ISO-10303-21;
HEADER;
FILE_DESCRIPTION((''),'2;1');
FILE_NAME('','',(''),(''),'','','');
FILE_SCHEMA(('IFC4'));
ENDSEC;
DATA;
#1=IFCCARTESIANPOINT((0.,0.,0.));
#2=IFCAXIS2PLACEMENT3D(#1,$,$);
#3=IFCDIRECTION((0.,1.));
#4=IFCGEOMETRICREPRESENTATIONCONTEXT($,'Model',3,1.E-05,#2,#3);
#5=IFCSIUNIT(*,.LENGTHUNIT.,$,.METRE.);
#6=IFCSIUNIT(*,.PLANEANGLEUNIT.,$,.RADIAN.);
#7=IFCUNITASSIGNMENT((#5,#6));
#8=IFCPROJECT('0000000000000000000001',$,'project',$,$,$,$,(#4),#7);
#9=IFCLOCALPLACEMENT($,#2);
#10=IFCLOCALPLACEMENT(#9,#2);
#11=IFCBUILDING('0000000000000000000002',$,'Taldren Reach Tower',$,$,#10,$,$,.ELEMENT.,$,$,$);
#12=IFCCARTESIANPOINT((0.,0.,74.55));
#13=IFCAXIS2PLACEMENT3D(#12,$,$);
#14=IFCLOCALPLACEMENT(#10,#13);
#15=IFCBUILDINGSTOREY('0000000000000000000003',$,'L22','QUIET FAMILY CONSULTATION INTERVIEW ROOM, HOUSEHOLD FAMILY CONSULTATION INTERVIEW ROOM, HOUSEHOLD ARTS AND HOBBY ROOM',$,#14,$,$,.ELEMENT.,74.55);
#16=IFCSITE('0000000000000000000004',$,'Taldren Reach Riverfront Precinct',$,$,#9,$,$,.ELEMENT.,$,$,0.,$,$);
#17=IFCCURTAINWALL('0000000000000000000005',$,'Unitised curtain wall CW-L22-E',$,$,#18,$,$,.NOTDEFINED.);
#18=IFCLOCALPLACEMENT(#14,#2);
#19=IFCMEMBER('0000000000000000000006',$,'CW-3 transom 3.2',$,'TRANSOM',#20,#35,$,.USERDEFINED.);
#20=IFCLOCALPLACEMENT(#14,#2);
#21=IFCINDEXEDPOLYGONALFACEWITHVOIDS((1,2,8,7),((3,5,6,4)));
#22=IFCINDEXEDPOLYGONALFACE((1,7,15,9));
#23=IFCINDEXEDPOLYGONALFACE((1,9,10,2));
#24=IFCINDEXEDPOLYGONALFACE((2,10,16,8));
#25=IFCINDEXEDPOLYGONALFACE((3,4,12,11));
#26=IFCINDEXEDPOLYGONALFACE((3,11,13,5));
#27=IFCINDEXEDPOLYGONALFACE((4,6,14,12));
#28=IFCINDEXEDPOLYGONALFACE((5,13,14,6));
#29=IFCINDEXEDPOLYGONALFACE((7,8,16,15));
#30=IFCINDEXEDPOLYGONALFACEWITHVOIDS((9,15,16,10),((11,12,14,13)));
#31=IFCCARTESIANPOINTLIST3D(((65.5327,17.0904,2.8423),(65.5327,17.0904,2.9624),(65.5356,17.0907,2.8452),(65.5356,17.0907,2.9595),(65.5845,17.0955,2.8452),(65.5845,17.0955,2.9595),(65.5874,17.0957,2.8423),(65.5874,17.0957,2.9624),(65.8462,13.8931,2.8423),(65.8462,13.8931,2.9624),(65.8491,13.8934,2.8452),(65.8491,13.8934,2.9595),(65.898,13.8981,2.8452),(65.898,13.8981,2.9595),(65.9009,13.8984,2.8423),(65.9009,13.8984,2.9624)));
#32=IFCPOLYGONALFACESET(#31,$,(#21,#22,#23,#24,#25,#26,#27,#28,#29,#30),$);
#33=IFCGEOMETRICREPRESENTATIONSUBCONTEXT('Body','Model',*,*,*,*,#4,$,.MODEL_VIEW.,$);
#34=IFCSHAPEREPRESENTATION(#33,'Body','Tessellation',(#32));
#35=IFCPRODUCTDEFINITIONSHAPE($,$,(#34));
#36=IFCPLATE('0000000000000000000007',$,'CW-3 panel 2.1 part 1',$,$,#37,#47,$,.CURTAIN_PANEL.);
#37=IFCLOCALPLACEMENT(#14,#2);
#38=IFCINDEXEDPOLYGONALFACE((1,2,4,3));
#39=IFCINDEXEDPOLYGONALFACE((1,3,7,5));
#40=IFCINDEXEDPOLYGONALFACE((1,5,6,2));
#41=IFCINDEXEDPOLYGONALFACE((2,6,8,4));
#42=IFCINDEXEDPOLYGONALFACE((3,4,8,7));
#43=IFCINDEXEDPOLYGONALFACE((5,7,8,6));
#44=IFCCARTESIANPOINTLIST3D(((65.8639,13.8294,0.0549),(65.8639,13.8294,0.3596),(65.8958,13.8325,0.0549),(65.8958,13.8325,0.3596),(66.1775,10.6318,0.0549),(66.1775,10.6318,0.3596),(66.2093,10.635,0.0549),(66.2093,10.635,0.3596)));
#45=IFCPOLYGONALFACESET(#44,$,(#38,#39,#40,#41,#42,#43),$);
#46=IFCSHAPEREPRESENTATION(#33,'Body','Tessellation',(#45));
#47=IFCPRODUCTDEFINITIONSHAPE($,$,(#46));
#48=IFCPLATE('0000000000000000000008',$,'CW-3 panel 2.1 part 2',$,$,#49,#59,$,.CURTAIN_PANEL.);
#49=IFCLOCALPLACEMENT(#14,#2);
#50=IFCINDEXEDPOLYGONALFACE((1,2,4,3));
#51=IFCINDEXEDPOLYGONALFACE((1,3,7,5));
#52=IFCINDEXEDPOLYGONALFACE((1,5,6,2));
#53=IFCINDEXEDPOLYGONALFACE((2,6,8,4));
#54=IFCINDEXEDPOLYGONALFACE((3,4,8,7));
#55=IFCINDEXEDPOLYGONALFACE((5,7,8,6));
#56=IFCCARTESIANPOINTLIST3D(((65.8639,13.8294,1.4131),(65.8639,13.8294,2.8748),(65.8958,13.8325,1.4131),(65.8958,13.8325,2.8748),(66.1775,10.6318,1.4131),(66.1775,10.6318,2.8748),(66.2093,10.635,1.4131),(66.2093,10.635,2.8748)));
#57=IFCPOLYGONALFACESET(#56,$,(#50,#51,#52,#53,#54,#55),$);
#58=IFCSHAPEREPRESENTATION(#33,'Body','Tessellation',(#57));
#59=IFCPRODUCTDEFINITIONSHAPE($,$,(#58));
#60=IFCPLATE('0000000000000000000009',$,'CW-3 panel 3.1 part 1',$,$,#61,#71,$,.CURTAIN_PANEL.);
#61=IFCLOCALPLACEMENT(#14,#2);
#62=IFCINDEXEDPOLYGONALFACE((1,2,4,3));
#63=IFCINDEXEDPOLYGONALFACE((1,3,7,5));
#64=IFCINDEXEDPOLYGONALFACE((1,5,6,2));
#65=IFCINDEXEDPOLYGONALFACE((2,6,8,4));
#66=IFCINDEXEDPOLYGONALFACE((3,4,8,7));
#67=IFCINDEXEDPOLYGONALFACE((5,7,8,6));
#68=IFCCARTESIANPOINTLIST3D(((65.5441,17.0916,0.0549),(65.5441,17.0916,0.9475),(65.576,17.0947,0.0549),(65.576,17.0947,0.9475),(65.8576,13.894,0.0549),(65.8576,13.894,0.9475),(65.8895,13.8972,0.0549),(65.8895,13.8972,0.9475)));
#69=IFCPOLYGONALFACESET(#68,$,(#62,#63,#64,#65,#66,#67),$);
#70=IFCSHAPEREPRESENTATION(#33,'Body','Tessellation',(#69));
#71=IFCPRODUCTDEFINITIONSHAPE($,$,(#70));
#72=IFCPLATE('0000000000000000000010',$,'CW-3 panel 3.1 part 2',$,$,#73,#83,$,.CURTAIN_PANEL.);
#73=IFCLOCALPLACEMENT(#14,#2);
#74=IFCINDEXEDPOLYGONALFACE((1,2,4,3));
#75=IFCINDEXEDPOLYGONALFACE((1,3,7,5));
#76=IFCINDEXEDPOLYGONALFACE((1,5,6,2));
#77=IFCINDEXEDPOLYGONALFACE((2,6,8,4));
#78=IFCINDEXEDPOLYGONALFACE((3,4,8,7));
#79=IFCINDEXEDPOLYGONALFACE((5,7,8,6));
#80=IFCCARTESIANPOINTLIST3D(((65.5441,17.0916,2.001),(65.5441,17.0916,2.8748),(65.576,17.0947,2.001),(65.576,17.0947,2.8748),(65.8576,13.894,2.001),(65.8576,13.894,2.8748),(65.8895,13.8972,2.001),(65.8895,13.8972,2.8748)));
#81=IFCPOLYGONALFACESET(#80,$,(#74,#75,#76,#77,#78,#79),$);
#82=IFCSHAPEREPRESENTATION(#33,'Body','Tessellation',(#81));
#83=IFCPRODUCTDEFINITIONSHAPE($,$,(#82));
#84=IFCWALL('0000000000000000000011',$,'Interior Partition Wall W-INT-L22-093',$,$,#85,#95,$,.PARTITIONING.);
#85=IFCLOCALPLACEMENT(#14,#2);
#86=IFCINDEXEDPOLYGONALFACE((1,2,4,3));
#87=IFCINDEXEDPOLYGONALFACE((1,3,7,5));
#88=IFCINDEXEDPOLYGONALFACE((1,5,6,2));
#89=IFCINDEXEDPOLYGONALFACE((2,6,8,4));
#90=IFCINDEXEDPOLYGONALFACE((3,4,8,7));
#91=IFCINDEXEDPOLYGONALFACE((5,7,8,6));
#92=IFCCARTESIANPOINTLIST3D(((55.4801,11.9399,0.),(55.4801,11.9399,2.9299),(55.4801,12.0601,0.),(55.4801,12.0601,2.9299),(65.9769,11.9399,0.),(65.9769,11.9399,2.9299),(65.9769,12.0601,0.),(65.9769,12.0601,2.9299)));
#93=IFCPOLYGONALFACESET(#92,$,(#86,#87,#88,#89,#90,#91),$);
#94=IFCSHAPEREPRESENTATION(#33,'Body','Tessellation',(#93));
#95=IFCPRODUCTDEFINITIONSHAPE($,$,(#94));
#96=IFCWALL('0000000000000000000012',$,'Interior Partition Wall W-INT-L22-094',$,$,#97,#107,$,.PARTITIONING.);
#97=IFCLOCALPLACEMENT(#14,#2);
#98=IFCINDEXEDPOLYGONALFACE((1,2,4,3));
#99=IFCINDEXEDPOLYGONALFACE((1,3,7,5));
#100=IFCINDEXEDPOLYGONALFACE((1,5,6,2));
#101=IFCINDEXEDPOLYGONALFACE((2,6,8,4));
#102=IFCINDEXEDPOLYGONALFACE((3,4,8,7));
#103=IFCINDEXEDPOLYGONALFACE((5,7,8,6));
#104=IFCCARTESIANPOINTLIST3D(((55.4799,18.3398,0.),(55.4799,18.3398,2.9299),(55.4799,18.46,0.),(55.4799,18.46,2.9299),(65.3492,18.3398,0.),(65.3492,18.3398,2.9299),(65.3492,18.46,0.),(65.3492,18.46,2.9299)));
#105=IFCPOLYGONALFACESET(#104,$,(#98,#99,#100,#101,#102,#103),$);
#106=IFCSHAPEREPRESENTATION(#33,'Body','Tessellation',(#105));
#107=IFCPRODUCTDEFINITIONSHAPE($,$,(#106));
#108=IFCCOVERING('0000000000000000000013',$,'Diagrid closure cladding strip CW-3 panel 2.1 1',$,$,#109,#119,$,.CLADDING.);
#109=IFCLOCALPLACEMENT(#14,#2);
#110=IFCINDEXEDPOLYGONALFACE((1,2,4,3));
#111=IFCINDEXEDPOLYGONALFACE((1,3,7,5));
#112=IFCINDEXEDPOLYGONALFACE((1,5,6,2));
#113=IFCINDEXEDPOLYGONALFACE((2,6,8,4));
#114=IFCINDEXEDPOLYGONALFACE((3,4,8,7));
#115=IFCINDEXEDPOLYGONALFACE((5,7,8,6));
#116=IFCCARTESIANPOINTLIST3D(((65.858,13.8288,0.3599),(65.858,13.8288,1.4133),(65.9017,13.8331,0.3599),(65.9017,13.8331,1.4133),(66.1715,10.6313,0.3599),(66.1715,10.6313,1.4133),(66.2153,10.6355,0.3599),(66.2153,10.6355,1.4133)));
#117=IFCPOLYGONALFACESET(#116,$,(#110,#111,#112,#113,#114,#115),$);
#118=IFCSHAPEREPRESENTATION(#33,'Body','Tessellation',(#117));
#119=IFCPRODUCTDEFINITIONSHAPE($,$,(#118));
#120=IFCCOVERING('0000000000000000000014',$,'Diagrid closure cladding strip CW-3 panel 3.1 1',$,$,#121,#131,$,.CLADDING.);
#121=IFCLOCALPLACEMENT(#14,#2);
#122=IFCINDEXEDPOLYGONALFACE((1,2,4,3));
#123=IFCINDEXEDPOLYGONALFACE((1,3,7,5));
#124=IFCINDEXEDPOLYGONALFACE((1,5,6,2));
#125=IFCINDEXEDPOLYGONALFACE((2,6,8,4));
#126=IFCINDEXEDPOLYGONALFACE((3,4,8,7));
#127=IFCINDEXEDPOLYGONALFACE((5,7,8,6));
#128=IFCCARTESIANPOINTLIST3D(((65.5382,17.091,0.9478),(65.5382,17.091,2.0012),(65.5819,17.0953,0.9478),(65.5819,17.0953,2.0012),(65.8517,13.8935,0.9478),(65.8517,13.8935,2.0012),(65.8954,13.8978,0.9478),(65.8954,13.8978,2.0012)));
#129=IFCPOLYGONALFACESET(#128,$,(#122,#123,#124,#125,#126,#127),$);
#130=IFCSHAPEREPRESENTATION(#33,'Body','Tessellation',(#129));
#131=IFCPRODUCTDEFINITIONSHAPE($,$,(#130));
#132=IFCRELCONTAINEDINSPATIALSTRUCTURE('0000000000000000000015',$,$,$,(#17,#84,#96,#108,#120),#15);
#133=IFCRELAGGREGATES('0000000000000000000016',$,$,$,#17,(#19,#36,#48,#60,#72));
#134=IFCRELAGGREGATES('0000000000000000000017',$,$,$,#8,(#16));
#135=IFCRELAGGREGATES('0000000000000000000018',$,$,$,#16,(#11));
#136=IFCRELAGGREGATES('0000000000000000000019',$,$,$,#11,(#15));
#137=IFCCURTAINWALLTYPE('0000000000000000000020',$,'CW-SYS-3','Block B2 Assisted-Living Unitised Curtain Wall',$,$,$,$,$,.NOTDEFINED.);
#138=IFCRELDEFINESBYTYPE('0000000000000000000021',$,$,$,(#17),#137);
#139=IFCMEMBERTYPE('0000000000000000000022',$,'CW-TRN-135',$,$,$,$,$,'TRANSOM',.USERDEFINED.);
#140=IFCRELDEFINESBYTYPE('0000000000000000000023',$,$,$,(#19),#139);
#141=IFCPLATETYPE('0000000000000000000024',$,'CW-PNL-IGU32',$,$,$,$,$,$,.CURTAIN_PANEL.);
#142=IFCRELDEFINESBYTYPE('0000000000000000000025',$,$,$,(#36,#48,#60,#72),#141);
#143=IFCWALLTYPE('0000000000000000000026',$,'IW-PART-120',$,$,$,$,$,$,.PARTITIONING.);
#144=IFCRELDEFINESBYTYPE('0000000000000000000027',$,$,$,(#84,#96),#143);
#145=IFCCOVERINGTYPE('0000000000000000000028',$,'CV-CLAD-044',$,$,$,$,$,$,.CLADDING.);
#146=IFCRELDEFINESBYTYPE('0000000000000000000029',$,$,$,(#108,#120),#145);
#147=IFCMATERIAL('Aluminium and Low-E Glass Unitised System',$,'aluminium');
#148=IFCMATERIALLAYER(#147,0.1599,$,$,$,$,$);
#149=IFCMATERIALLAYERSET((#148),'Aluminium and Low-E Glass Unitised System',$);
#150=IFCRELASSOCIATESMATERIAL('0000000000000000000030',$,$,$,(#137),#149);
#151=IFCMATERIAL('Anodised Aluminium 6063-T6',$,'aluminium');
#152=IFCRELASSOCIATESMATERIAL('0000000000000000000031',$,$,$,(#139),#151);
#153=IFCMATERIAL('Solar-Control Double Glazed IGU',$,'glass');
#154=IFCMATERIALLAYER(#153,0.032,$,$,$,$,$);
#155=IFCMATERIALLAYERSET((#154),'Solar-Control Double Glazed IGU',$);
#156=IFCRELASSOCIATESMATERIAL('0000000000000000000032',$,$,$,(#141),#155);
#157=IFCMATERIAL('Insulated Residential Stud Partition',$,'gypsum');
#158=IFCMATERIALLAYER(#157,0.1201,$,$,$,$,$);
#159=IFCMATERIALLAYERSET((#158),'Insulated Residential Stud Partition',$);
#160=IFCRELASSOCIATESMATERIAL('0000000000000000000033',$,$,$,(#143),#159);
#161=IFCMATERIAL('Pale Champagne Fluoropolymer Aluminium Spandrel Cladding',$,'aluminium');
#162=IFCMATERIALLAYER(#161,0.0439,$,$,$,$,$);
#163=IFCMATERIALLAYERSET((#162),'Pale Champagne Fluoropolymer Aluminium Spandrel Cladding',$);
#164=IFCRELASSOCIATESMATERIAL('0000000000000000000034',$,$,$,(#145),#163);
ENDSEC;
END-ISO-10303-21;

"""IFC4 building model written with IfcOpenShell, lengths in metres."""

from ifc_helpers import new_model, si_unit, direction, frame, frame_2d, origin, origin_2d, place, context, subcontext, project, spatial, rectangle, hollow_rectangle, extrude, source, transform, mapped, material, layer, layer_set, material_profile, profile_set, type_object, element, aggregate, save


model = new_model("IFC4")

# Units and contexts
model_context = context("Model", 3, precision=1e-05, world=origin(), true_north=direction((0.0, 1.0)))
body_context = subcontext(model_context, "Body", "Model", "MODEL_VIEW")
ifc_project = project(units=[si_unit("LENGTHUNIT", "METRE"), si_unit("PLANEANGLEUNIT", "RADIAN")], contexts=[model_context])

# Site, building, storey
site_placement = place(None, origin())
site = spatial("IfcSite", under=ifc_project, at=site_placement, Name="Taldren Reach Riverfront Precinct", CompositionType="ELEMENT", RefElevation=0.0)
building_placement = place(site_placement, origin())
building = spatial("IfcBuilding", under=site, at=building_placement, Name="Taldren Reach Tower", CompositionType="ELEMENT")
storey_placement = place(building_placement, frame((0.0, 0.0, 74.55)))
storey = spatial("IfcBuildingStorey", under=building, at=storey_placement, Name="L22", Description="QUIET FAMILY CONSULTATION INTERVIEW ROOM, HOUSEHOLD FAMILY CONSULTATION INTERVIEW ROOM, HOUSEHOLD ARTS AND HOBBY ROOM", CompositionType="ELEMENT", Elevation=74.55)

# Curtain wall, member, plates
ifc_material_1 = material(Name="Aluminium and Low-E Glass Unitised System", Category="aluminium")
ifc_layer_1 = layer(ifc_material_1, 0.1599)
ifc_layer_set_1 = layer_set([ifc_layer_1], Name="Aluminium and Low-E Glass Unitised System")
curtain_wall_type = type_object("IfcCurtainWallType", Name="CW-SYS-3", Description="Block B2 Assisted-Living Unitised Curtain Wall", PredefinedType="NOTDEFINED", material=ifc_layer_set_1)
curtain_wall_placement = place(storey_placement, origin())
curtain_wall = element("IfcCurtainWall", 1, at=curtain_wall_placement, inside=storey, type_object=curtain_wall_type, Name="Unitised curtain wall CW-L22-E", PredefinedType="NOTDEFINED")
ifc_material_2 = material(Name="Anodised Aluminium 6063-T6", Category="aluminium")
ifc_material_profile_1 = material_profile(ifc_material_2, hollow_rectangle(XDim=0.0549, YDim=0.1201, WallThickness=0.0029, at=origin_2d()), Name="ALU-120x55x3RHS")
ifc_profile_set_1 = profile_set([ifc_material_profile_1], Name="Anodised Aluminium 6063-T6")
member_type_1 = type_object("IfcMemberType", Name="CW-TRN-135", ElementType="TRANSOM", PredefinedType="USERDEFINED", material=ifc_profile_set_1)
shared_shape_1 = source(origin(), body_context, "Body", "SweptSolid", [
    extrude(hollow_rectangle(XDim=0.0549, YDim=0.1201, WallThickness=0.0029, at=origin_2d()), origin(), (0.0, 0.0, 1.0), 3.2126),
])
member_1_placement = place(storey_placement, frame((65.8735, 13.8958, 2.9023), z_axis=(-0.097577, 0.995228, 0.0), x_axis=(-0.995228, -0.097577, 0.0)))
member_1 = element("IfcMember", 2, at=member_1_placement, type_object=member_type_1, Name="CW-3 transom 3.2", ObjectType="TRANSOM", PredefinedType="USERDEFINED", context=body_context, shape_type="MappedRepresentation", body=[
    mapped(shared_shape_1, transform((0.0, 0.0, 0.0), scale=1.0)),
])
ifc_material_3 = material(Name="Solar-Control Double Glazed IGU", Category="glass")
ifc_layer_2 = layer(ifc_material_3, 0.032)
ifc_layer_set_2 = layer_set([ifc_layer_2], Name="Solar-Control Double Glazed IGU")
plate_type = type_object("IfcPlateType", Name="CW-PNL-IGU32", PredefinedType="CURTAIN_PANEL", material=ifc_layer_set_2)
shared_shape_2 = source(origin(), body_context, "Body", "SweptSolid", [
    extrude(rectangle(XDim=3.2129, YDim=0.032, at=origin_2d()), origin(), (0.0, 0.0, 1.0), 0.3047),
])
plate_1_placement = place(storey_placement, frame((66.0366, 12.2322, 0.0549), z_axis=(0.0, 0.0, 1.0), x_axis=(-0.097583, 0.995227, 0.0)))
plate_1 = element("IfcPlate", 3, at=plate_1_placement, type_object=plate_type, Name="CW-3 panel 2.1 part 1", PredefinedType="CURTAIN_PANEL", context=body_context, shape_type="MappedRepresentation", body=[
    mapped(shared_shape_2, transform((0.0, 0.0, 0.0), scale=1.0)),
])
shared_shape_3 = source(origin(), body_context, "Body", "SweptSolid", [
    extrude(rectangle(XDim=3.2129, YDim=0.032, at=origin_2d()), origin(), (0.0, 0.0, 1.0), 1.4617),
])
plate_2_placement = place(storey_placement, frame((66.0366, 12.2322, 1.4131), z_axis=(0.0, 0.0, 1.0), x_axis=(-0.097583, 0.995227, 0.0)))
plate_2 = element("IfcPlate", 4, at=plate_2_placement, type_object=plate_type, Name="CW-3 panel 2.1 part 2", PredefinedType="CURTAIN_PANEL", context=body_context, shape_type="MappedRepresentation", body=[
    mapped(shared_shape_3, transform((0.0, 0.0, 0.0), scale=1.0)),
])
shared_shape_4 = source(origin(), body_context, "Body", "SweptSolid", [
    extrude(rectangle(XDim=3.2129, YDim=0.032, at=origin_2d()), origin(), (0.0, 0.0, 1.0), 0.8926),
])
plate_3_placement = place(storey_placement, frame((65.7168, 15.4944, 0.0549), z_axis=(0.0, 0.0, 1.0), x_axis=(-0.097583, 0.995227, 0.0)))
plate_3 = element("IfcPlate", 5, at=plate_3_placement, type_object=plate_type, Name="CW-3 panel 3.1 part 1", PredefinedType="CURTAIN_PANEL", context=body_context, shape_type="MappedRepresentation", body=[
    mapped(shared_shape_4, transform((0.0, 0.0, 0.0), scale=1.0)),
])
shared_shape_5 = source(origin(), body_context, "Body", "SweptSolid", [
    extrude(rectangle(XDim=3.2129, YDim=0.032, at=origin_2d()), origin(), (0.0, 0.0, 1.0), 0.8738),
])
plate_4_placement = place(storey_placement, frame((65.7168, 15.4944, 2.001), z_axis=(0.0, 0.0, 1.0), x_axis=(-0.097583, 0.995227, 0.0)))
plate_4 = element("IfcPlate", 6, at=plate_4_placement, type_object=plate_type, Name="CW-3 panel 3.1 part 2", PredefinedType="CURTAIN_PANEL", context=body_context, shape_type="MappedRepresentation", body=[
    mapped(shared_shape_5, transform((0.0, 0.0, 0.0), scale=1.0)),
])
aggregate(curtain_wall, [member_1, plate_1, plate_2, plate_3, plate_4])

# Walls
ifc_material_4 = material(Name="Insulated Residential Stud Partition", Category="gypsum")
ifc_layer_3 = layer(ifc_material_4, 0.1201)
ifc_layer_set_3 = layer_set([ifc_layer_3], Name="Insulated Residential Stud Partition")
wall_type = type_object("IfcWallType", Name="IW-PART-120", PredefinedType="PARTITIONING", material=ifc_layer_set_3)
shared_shape_6 = source(origin(), body_context, "Body", "SweptSolid", [
    extrude(rectangle(XDim=10.4968, YDim=0.1201, at=frame_2d((5.2485, 0.0))), origin(), (0.0, 0.0, 1.0), 2.9299),
])
wall_1_placement = place(storey_placement, frame((55.48, 12.0, 0.0), z_axis=(0.0, 0.0, 1.0), x_axis=(1.0, 0.0, 0.0)))
element("IfcWall", 7, at=wall_1_placement, inside=storey, type_object=wall_type, Name="Interior Partition Wall W-INT-L22-093", PredefinedType="PARTITIONING", context=body_context, shape_type="MappedRepresentation", body=[
    mapped(shared_shape_6, transform((0.0, 0.0, 0.0), scale=1.0)),
])
shared_shape_7 = source(origin(), body_context, "Body", "SweptSolid", [
    extrude(rectangle(XDim=9.8694, YDim=0.1201, at=frame_2d((4.9346, 0.0))), origin(), (0.0, 0.0, 1.0), 2.9299),
])
wall_2_placement = place(storey_placement, frame((55.48, 18.3999, 0.0), z_axis=(0.0, 0.0, 1.0), x_axis=(1.0, 0.0, 0.0)))
element("IfcWall", 8, at=wall_2_placement, inside=storey, type_object=wall_type, Name="Interior Partition Wall W-INT-L22-094", PredefinedType="PARTITIONING", context=body_context, shape_type="MappedRepresentation", body=[
    mapped(shared_shape_7, transform((0.0, 0.0, 0.0), scale=1.0)),
])

# Coverings
ifc_material_5 = material(Name="Pale Champagne Fluoropolymer Aluminium Spandrel Cladding", Category="aluminium")
ifc_layer_4 = layer(ifc_material_5, 0.0439)
ifc_layer_set_4 = layer_set([ifc_layer_4], Name="Pale Champagne Fluoropolymer Aluminium Spandrel Cladding")
covering_type = type_object("IfcCoveringType", Name="CV-CLAD-044", PredefinedType="CLADDING", material=ifc_layer_set_4)
shared_shape_8 = source(origin(), body_context, "Body", "SweptSolid", [
    extrude(rectangle(XDim=3.2129, YDim=0.0439, at=origin_2d()), origin(), (0.0, 0.0, 1.0), 1.0535),
])
for number, where, z_axis, x_axis, name in (
    (9, (66.0366, 12.2322, 0.3599), (0.0, 0.0, 1.0), (-0.097583, 0.995227, 0.0), "Diagrid closure cladding strip CW-3 panel 2.1 1"),
    (10, (65.7168, 15.4944, 0.9478), (0.0, 0.0, 1.0), (-0.097583, 0.995227, 0.0), "Diagrid closure cladding strip CW-3 panel 3.1 1"),
):
    element("IfcCovering", number, at=place(storey_placement, frame(where, z_axis=z_axis, x_axis=x_axis)), inside=storey, type_object=covering_type, Name=name, PredefinedType="CLADDING", context=body_context, shape_type="MappedRepresentation", body=[
        mapped(shared_shape_8, transform((0.0, 0.0, 0.0), scale=1.0)),
    ])

save(model, "model.ifc")
